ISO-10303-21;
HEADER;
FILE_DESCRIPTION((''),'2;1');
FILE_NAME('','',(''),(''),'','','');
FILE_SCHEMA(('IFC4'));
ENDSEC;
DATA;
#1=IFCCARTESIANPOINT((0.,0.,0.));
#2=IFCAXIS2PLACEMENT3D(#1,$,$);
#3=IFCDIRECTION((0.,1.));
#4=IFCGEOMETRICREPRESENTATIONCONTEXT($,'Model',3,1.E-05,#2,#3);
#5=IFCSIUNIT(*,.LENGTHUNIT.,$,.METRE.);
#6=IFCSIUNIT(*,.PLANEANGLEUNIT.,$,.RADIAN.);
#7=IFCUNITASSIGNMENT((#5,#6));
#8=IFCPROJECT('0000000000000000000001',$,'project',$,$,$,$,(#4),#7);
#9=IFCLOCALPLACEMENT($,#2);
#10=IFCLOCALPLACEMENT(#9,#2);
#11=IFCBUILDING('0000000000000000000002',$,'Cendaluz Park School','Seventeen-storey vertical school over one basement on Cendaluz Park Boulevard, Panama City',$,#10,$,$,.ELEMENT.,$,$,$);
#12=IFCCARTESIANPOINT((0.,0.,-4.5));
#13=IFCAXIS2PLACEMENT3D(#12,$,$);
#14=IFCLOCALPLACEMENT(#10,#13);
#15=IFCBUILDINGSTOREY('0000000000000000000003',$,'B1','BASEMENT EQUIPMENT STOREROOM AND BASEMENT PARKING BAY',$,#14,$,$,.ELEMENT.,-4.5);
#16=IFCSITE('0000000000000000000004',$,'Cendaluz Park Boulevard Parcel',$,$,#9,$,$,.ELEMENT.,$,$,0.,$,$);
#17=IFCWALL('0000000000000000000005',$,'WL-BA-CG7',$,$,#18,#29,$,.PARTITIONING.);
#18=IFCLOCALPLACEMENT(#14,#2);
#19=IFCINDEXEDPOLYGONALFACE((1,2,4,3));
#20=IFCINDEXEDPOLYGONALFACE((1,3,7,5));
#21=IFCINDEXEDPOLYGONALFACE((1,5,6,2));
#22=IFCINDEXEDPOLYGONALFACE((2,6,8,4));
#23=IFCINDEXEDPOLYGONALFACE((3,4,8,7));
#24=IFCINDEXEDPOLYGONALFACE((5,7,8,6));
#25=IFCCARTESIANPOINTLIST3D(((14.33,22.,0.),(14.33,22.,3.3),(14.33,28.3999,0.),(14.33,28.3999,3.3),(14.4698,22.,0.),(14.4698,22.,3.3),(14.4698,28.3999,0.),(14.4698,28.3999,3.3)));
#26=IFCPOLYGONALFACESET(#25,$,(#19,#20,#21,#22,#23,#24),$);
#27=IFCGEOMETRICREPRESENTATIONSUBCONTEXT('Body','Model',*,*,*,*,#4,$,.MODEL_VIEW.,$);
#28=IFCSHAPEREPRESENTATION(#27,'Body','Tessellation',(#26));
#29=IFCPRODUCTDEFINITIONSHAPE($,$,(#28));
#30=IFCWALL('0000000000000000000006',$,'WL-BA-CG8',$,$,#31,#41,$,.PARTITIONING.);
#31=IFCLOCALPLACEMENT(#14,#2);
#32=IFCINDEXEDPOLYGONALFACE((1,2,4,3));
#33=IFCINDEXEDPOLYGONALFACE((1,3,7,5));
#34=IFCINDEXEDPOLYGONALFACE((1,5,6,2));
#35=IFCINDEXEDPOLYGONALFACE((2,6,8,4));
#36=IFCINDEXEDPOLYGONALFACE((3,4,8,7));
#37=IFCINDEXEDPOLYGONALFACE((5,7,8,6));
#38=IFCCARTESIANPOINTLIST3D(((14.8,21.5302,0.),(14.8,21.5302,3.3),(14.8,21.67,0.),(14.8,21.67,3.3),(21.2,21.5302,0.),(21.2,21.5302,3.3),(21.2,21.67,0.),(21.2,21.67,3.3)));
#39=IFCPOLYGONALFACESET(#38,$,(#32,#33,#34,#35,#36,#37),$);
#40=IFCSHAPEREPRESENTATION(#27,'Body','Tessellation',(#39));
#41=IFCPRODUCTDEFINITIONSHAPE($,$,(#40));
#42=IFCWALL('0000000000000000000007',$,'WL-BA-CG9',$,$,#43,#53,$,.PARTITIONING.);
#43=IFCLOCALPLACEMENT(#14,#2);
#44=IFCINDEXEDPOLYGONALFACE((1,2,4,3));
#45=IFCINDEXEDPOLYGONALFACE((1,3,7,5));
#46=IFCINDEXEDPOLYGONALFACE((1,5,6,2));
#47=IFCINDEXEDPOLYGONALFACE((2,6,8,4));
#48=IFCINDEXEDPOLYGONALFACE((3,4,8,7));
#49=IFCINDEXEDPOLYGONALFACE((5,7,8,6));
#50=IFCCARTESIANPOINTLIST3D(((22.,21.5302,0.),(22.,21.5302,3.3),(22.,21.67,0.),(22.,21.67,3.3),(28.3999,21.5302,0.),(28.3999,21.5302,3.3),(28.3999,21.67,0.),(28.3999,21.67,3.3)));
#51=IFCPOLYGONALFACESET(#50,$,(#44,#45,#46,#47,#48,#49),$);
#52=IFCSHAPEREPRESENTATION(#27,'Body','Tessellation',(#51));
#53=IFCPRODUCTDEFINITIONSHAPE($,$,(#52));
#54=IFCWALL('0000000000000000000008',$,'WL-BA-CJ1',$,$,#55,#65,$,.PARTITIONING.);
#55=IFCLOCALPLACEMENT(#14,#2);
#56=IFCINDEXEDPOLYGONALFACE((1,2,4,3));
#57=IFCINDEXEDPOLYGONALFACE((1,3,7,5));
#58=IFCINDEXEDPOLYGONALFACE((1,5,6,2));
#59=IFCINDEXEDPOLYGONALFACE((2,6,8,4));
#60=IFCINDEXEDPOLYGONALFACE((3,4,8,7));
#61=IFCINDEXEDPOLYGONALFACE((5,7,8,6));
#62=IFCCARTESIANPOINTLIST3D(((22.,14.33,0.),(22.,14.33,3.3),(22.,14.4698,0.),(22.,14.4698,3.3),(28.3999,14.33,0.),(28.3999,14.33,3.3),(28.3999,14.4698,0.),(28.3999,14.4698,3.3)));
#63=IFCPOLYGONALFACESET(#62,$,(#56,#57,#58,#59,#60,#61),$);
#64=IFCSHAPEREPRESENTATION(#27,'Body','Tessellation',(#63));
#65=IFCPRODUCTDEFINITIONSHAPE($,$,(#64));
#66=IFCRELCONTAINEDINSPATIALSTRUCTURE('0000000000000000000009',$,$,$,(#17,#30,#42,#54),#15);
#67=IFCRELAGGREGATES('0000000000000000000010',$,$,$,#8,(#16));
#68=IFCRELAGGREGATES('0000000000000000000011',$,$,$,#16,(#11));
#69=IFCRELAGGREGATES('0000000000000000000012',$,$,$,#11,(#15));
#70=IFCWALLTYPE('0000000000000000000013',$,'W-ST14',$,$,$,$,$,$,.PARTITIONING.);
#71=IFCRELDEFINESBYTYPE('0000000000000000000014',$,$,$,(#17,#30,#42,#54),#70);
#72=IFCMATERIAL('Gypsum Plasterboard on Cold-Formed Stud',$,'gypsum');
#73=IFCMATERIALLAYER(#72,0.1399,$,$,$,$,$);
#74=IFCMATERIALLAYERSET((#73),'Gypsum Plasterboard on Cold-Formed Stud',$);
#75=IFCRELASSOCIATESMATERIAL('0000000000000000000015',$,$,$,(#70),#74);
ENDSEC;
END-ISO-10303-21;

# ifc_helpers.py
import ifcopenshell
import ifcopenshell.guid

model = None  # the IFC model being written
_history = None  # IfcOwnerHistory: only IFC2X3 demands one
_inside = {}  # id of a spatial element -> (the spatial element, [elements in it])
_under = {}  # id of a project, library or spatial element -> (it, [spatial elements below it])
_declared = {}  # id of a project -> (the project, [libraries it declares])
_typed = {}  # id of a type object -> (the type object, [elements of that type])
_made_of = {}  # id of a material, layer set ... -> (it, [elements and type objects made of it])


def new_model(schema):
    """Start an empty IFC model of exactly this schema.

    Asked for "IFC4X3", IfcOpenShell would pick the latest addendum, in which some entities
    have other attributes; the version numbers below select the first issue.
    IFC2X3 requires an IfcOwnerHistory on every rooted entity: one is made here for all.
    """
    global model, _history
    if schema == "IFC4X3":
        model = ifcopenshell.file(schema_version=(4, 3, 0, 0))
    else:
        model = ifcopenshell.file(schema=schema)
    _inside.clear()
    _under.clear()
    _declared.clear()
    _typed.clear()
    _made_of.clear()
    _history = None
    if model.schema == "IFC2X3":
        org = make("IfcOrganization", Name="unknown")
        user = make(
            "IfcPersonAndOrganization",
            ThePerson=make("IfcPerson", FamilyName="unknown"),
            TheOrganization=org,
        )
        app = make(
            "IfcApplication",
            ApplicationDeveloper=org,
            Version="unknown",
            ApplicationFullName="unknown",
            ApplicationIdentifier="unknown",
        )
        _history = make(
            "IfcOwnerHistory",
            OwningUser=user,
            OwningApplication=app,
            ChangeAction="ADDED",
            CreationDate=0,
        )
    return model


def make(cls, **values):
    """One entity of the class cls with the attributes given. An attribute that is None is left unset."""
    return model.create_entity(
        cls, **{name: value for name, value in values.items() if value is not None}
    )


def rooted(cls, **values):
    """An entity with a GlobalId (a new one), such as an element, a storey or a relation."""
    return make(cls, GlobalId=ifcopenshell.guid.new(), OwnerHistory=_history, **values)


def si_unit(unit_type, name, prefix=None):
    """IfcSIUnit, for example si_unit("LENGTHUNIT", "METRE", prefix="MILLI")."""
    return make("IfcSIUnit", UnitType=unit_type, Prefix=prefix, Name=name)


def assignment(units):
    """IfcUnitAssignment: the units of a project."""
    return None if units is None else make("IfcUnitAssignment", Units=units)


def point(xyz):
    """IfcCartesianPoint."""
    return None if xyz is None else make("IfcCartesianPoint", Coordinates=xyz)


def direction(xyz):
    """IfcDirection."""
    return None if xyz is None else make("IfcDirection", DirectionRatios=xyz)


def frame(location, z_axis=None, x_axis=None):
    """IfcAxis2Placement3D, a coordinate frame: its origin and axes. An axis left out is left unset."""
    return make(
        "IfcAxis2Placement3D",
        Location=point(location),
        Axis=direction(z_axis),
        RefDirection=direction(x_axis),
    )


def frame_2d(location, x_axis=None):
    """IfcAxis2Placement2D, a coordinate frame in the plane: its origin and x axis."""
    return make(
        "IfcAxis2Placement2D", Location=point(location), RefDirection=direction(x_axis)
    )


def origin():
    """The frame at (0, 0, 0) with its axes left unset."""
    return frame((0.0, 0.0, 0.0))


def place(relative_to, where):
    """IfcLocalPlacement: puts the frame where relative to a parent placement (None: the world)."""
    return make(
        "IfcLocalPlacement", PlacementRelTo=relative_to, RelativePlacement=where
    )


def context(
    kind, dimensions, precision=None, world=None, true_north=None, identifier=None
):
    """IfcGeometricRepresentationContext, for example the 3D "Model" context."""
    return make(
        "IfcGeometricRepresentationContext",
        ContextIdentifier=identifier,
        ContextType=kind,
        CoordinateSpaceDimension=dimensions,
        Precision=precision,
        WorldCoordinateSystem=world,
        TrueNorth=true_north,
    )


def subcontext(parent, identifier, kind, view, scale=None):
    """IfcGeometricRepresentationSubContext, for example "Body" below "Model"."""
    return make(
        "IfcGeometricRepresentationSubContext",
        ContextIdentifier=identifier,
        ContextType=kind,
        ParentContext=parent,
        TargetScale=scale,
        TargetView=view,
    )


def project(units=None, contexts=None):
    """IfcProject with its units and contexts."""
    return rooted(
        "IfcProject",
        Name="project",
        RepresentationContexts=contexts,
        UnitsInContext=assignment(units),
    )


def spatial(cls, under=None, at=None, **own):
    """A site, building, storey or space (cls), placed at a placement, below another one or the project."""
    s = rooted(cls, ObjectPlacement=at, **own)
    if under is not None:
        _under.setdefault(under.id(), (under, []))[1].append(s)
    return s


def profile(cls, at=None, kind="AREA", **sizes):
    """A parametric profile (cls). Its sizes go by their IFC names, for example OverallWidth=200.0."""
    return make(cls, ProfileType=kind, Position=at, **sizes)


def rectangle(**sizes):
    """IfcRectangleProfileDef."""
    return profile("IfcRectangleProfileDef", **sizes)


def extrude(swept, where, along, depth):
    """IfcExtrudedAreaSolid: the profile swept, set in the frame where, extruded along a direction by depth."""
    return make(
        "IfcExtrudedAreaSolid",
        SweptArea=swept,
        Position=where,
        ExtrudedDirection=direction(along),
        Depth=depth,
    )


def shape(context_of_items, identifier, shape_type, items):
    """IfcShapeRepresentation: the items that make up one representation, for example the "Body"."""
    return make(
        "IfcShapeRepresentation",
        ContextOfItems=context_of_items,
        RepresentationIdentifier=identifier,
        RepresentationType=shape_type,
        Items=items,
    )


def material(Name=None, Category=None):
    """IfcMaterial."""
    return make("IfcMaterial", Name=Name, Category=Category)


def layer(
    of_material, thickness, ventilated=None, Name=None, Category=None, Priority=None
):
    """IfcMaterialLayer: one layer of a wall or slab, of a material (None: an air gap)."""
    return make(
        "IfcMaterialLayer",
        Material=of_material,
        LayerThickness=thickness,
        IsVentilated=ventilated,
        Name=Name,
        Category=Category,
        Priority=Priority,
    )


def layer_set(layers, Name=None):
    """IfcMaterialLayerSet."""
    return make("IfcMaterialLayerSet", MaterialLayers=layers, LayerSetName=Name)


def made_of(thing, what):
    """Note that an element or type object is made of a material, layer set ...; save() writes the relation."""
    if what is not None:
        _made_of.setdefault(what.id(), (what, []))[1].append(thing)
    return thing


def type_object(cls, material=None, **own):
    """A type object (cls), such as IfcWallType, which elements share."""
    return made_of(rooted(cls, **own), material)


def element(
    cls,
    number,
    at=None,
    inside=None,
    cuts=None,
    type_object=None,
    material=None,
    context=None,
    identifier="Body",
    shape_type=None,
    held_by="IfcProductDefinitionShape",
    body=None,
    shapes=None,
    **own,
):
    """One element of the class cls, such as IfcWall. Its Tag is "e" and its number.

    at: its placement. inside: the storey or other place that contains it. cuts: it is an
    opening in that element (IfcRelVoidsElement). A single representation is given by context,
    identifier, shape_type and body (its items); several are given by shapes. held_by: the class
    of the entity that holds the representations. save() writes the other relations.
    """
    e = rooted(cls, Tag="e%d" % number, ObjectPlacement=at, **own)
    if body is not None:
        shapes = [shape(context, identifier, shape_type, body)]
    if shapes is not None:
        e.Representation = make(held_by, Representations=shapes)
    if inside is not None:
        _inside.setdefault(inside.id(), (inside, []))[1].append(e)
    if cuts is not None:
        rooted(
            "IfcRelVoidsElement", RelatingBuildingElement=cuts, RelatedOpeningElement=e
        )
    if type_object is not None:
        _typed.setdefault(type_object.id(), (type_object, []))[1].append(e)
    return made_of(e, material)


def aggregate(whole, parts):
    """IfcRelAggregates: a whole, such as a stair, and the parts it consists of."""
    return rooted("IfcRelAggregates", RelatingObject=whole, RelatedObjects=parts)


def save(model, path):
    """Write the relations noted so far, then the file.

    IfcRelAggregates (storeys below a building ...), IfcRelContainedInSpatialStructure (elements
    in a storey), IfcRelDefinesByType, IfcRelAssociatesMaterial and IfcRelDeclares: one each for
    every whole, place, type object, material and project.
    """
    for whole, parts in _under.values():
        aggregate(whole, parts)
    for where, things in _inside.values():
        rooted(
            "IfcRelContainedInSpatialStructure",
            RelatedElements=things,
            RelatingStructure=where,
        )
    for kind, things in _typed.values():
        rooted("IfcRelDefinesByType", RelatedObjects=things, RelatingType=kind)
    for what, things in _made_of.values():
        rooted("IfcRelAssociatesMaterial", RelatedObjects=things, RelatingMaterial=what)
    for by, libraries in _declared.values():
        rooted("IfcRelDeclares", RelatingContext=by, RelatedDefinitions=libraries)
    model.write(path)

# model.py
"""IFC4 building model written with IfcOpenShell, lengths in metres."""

from ifc_helpers import new_model, si_unit, direction, frame, frame_2d, origin, place, context, subcontext, project, spatial, rectangle, extrude, material, layer, layer_set, type_object, element, save


model = new_model("IFC4")

# Units and contexts
model_context = context("Model", 3, precision=1e-05, world=origin(), true_north=direction((0.0, 1.0)))
body_context = subcontext(model_context, "Body", "Model", "MODEL_VIEW")
ifc_project = project(units=[si_unit("LENGTHUNIT", "METRE"), si_unit("PLANEANGLEUNIT", "RADIAN")], contexts=[model_context])

# Site, building, storey
site_placement = place(None, origin())
site = spatial("IfcSite", under=ifc_project, at=site_placement, Name="Cendaluz Park Boulevard Parcel", CompositionType="ELEMENT", RefElevation=0.0)
building_placement = place(site_placement, origin())
building = spatial("IfcBuilding", under=site, at=building_placement, Name="Cendaluz Park School", Description="Seventeen-storey vertical school over one basement on Cendaluz Park Boulevard, Panama City", CompositionType="ELEMENT")
storey_placement = place(building_placement, frame((0.0, 0.0, -4.5)))
storey = spatial("IfcBuildingStorey", under=building, at=storey_placement, Name="B1", Description="BASEMENT EQUIPMENT STOREROOM AND BASEMENT PARKING BAY", CompositionType="ELEMENT", Elevation=-4.5)

# Walls
ifc_material_1 = material(Name="Gypsum Plasterboard on Cold-Formed Stud", Category="gypsum")
ifc_layer_1 = layer(ifc_material_1, 0.1399)
ifc_layer_set_1 = layer_set([ifc_layer_1], Name="Gypsum Plasterboard on Cold-Formed Stud")
wall_type_1 = type_object("IfcWallType", Name="W-ST14", PredefinedType="PARTITIONING", material=ifc_layer_set_1)
for number, where, z_axis, x_axis, name in (
    (1, (14.3999, 22.0, 0.0), (0.0, 0.0, 1.0), (0.0, 1.0, 0.0), "WL-BA-CG7"),
    (2, (14.8, 21.6001, 0.0), (0.0, 0.0, 1.0), (1.0, 0.0, 0.0), "WL-BA-CG8"),
    (3, (22.0, 21.6001, 0.0), (0.0, 0.0, 1.0), (1.0, 0.0, 0.0), "WL-BA-CG9"),
    (4, (22.0, 14.3999, 0.0), (0.0, 0.0, 1.0), (1.0, 0.0, 0.0), "WL-BA-CJ1"),
):
    element("IfcWall", number, at=place(storey_placement, frame(where, z_axis=z_axis, x_axis=x_axis)), inside=storey, type_object=wall_type_1, Name=name, PredefinedType="PARTITIONING", context=body_context, shape_type="SweptSolid", body=[
        extrude(rectangle(XDim=6.3999, YDim=0.1399, at=frame_2d((3.2, 0.0))), origin(), (0.0, 0.0, 1.0), 3.3),
    ])

save(model, "model.ifc")
